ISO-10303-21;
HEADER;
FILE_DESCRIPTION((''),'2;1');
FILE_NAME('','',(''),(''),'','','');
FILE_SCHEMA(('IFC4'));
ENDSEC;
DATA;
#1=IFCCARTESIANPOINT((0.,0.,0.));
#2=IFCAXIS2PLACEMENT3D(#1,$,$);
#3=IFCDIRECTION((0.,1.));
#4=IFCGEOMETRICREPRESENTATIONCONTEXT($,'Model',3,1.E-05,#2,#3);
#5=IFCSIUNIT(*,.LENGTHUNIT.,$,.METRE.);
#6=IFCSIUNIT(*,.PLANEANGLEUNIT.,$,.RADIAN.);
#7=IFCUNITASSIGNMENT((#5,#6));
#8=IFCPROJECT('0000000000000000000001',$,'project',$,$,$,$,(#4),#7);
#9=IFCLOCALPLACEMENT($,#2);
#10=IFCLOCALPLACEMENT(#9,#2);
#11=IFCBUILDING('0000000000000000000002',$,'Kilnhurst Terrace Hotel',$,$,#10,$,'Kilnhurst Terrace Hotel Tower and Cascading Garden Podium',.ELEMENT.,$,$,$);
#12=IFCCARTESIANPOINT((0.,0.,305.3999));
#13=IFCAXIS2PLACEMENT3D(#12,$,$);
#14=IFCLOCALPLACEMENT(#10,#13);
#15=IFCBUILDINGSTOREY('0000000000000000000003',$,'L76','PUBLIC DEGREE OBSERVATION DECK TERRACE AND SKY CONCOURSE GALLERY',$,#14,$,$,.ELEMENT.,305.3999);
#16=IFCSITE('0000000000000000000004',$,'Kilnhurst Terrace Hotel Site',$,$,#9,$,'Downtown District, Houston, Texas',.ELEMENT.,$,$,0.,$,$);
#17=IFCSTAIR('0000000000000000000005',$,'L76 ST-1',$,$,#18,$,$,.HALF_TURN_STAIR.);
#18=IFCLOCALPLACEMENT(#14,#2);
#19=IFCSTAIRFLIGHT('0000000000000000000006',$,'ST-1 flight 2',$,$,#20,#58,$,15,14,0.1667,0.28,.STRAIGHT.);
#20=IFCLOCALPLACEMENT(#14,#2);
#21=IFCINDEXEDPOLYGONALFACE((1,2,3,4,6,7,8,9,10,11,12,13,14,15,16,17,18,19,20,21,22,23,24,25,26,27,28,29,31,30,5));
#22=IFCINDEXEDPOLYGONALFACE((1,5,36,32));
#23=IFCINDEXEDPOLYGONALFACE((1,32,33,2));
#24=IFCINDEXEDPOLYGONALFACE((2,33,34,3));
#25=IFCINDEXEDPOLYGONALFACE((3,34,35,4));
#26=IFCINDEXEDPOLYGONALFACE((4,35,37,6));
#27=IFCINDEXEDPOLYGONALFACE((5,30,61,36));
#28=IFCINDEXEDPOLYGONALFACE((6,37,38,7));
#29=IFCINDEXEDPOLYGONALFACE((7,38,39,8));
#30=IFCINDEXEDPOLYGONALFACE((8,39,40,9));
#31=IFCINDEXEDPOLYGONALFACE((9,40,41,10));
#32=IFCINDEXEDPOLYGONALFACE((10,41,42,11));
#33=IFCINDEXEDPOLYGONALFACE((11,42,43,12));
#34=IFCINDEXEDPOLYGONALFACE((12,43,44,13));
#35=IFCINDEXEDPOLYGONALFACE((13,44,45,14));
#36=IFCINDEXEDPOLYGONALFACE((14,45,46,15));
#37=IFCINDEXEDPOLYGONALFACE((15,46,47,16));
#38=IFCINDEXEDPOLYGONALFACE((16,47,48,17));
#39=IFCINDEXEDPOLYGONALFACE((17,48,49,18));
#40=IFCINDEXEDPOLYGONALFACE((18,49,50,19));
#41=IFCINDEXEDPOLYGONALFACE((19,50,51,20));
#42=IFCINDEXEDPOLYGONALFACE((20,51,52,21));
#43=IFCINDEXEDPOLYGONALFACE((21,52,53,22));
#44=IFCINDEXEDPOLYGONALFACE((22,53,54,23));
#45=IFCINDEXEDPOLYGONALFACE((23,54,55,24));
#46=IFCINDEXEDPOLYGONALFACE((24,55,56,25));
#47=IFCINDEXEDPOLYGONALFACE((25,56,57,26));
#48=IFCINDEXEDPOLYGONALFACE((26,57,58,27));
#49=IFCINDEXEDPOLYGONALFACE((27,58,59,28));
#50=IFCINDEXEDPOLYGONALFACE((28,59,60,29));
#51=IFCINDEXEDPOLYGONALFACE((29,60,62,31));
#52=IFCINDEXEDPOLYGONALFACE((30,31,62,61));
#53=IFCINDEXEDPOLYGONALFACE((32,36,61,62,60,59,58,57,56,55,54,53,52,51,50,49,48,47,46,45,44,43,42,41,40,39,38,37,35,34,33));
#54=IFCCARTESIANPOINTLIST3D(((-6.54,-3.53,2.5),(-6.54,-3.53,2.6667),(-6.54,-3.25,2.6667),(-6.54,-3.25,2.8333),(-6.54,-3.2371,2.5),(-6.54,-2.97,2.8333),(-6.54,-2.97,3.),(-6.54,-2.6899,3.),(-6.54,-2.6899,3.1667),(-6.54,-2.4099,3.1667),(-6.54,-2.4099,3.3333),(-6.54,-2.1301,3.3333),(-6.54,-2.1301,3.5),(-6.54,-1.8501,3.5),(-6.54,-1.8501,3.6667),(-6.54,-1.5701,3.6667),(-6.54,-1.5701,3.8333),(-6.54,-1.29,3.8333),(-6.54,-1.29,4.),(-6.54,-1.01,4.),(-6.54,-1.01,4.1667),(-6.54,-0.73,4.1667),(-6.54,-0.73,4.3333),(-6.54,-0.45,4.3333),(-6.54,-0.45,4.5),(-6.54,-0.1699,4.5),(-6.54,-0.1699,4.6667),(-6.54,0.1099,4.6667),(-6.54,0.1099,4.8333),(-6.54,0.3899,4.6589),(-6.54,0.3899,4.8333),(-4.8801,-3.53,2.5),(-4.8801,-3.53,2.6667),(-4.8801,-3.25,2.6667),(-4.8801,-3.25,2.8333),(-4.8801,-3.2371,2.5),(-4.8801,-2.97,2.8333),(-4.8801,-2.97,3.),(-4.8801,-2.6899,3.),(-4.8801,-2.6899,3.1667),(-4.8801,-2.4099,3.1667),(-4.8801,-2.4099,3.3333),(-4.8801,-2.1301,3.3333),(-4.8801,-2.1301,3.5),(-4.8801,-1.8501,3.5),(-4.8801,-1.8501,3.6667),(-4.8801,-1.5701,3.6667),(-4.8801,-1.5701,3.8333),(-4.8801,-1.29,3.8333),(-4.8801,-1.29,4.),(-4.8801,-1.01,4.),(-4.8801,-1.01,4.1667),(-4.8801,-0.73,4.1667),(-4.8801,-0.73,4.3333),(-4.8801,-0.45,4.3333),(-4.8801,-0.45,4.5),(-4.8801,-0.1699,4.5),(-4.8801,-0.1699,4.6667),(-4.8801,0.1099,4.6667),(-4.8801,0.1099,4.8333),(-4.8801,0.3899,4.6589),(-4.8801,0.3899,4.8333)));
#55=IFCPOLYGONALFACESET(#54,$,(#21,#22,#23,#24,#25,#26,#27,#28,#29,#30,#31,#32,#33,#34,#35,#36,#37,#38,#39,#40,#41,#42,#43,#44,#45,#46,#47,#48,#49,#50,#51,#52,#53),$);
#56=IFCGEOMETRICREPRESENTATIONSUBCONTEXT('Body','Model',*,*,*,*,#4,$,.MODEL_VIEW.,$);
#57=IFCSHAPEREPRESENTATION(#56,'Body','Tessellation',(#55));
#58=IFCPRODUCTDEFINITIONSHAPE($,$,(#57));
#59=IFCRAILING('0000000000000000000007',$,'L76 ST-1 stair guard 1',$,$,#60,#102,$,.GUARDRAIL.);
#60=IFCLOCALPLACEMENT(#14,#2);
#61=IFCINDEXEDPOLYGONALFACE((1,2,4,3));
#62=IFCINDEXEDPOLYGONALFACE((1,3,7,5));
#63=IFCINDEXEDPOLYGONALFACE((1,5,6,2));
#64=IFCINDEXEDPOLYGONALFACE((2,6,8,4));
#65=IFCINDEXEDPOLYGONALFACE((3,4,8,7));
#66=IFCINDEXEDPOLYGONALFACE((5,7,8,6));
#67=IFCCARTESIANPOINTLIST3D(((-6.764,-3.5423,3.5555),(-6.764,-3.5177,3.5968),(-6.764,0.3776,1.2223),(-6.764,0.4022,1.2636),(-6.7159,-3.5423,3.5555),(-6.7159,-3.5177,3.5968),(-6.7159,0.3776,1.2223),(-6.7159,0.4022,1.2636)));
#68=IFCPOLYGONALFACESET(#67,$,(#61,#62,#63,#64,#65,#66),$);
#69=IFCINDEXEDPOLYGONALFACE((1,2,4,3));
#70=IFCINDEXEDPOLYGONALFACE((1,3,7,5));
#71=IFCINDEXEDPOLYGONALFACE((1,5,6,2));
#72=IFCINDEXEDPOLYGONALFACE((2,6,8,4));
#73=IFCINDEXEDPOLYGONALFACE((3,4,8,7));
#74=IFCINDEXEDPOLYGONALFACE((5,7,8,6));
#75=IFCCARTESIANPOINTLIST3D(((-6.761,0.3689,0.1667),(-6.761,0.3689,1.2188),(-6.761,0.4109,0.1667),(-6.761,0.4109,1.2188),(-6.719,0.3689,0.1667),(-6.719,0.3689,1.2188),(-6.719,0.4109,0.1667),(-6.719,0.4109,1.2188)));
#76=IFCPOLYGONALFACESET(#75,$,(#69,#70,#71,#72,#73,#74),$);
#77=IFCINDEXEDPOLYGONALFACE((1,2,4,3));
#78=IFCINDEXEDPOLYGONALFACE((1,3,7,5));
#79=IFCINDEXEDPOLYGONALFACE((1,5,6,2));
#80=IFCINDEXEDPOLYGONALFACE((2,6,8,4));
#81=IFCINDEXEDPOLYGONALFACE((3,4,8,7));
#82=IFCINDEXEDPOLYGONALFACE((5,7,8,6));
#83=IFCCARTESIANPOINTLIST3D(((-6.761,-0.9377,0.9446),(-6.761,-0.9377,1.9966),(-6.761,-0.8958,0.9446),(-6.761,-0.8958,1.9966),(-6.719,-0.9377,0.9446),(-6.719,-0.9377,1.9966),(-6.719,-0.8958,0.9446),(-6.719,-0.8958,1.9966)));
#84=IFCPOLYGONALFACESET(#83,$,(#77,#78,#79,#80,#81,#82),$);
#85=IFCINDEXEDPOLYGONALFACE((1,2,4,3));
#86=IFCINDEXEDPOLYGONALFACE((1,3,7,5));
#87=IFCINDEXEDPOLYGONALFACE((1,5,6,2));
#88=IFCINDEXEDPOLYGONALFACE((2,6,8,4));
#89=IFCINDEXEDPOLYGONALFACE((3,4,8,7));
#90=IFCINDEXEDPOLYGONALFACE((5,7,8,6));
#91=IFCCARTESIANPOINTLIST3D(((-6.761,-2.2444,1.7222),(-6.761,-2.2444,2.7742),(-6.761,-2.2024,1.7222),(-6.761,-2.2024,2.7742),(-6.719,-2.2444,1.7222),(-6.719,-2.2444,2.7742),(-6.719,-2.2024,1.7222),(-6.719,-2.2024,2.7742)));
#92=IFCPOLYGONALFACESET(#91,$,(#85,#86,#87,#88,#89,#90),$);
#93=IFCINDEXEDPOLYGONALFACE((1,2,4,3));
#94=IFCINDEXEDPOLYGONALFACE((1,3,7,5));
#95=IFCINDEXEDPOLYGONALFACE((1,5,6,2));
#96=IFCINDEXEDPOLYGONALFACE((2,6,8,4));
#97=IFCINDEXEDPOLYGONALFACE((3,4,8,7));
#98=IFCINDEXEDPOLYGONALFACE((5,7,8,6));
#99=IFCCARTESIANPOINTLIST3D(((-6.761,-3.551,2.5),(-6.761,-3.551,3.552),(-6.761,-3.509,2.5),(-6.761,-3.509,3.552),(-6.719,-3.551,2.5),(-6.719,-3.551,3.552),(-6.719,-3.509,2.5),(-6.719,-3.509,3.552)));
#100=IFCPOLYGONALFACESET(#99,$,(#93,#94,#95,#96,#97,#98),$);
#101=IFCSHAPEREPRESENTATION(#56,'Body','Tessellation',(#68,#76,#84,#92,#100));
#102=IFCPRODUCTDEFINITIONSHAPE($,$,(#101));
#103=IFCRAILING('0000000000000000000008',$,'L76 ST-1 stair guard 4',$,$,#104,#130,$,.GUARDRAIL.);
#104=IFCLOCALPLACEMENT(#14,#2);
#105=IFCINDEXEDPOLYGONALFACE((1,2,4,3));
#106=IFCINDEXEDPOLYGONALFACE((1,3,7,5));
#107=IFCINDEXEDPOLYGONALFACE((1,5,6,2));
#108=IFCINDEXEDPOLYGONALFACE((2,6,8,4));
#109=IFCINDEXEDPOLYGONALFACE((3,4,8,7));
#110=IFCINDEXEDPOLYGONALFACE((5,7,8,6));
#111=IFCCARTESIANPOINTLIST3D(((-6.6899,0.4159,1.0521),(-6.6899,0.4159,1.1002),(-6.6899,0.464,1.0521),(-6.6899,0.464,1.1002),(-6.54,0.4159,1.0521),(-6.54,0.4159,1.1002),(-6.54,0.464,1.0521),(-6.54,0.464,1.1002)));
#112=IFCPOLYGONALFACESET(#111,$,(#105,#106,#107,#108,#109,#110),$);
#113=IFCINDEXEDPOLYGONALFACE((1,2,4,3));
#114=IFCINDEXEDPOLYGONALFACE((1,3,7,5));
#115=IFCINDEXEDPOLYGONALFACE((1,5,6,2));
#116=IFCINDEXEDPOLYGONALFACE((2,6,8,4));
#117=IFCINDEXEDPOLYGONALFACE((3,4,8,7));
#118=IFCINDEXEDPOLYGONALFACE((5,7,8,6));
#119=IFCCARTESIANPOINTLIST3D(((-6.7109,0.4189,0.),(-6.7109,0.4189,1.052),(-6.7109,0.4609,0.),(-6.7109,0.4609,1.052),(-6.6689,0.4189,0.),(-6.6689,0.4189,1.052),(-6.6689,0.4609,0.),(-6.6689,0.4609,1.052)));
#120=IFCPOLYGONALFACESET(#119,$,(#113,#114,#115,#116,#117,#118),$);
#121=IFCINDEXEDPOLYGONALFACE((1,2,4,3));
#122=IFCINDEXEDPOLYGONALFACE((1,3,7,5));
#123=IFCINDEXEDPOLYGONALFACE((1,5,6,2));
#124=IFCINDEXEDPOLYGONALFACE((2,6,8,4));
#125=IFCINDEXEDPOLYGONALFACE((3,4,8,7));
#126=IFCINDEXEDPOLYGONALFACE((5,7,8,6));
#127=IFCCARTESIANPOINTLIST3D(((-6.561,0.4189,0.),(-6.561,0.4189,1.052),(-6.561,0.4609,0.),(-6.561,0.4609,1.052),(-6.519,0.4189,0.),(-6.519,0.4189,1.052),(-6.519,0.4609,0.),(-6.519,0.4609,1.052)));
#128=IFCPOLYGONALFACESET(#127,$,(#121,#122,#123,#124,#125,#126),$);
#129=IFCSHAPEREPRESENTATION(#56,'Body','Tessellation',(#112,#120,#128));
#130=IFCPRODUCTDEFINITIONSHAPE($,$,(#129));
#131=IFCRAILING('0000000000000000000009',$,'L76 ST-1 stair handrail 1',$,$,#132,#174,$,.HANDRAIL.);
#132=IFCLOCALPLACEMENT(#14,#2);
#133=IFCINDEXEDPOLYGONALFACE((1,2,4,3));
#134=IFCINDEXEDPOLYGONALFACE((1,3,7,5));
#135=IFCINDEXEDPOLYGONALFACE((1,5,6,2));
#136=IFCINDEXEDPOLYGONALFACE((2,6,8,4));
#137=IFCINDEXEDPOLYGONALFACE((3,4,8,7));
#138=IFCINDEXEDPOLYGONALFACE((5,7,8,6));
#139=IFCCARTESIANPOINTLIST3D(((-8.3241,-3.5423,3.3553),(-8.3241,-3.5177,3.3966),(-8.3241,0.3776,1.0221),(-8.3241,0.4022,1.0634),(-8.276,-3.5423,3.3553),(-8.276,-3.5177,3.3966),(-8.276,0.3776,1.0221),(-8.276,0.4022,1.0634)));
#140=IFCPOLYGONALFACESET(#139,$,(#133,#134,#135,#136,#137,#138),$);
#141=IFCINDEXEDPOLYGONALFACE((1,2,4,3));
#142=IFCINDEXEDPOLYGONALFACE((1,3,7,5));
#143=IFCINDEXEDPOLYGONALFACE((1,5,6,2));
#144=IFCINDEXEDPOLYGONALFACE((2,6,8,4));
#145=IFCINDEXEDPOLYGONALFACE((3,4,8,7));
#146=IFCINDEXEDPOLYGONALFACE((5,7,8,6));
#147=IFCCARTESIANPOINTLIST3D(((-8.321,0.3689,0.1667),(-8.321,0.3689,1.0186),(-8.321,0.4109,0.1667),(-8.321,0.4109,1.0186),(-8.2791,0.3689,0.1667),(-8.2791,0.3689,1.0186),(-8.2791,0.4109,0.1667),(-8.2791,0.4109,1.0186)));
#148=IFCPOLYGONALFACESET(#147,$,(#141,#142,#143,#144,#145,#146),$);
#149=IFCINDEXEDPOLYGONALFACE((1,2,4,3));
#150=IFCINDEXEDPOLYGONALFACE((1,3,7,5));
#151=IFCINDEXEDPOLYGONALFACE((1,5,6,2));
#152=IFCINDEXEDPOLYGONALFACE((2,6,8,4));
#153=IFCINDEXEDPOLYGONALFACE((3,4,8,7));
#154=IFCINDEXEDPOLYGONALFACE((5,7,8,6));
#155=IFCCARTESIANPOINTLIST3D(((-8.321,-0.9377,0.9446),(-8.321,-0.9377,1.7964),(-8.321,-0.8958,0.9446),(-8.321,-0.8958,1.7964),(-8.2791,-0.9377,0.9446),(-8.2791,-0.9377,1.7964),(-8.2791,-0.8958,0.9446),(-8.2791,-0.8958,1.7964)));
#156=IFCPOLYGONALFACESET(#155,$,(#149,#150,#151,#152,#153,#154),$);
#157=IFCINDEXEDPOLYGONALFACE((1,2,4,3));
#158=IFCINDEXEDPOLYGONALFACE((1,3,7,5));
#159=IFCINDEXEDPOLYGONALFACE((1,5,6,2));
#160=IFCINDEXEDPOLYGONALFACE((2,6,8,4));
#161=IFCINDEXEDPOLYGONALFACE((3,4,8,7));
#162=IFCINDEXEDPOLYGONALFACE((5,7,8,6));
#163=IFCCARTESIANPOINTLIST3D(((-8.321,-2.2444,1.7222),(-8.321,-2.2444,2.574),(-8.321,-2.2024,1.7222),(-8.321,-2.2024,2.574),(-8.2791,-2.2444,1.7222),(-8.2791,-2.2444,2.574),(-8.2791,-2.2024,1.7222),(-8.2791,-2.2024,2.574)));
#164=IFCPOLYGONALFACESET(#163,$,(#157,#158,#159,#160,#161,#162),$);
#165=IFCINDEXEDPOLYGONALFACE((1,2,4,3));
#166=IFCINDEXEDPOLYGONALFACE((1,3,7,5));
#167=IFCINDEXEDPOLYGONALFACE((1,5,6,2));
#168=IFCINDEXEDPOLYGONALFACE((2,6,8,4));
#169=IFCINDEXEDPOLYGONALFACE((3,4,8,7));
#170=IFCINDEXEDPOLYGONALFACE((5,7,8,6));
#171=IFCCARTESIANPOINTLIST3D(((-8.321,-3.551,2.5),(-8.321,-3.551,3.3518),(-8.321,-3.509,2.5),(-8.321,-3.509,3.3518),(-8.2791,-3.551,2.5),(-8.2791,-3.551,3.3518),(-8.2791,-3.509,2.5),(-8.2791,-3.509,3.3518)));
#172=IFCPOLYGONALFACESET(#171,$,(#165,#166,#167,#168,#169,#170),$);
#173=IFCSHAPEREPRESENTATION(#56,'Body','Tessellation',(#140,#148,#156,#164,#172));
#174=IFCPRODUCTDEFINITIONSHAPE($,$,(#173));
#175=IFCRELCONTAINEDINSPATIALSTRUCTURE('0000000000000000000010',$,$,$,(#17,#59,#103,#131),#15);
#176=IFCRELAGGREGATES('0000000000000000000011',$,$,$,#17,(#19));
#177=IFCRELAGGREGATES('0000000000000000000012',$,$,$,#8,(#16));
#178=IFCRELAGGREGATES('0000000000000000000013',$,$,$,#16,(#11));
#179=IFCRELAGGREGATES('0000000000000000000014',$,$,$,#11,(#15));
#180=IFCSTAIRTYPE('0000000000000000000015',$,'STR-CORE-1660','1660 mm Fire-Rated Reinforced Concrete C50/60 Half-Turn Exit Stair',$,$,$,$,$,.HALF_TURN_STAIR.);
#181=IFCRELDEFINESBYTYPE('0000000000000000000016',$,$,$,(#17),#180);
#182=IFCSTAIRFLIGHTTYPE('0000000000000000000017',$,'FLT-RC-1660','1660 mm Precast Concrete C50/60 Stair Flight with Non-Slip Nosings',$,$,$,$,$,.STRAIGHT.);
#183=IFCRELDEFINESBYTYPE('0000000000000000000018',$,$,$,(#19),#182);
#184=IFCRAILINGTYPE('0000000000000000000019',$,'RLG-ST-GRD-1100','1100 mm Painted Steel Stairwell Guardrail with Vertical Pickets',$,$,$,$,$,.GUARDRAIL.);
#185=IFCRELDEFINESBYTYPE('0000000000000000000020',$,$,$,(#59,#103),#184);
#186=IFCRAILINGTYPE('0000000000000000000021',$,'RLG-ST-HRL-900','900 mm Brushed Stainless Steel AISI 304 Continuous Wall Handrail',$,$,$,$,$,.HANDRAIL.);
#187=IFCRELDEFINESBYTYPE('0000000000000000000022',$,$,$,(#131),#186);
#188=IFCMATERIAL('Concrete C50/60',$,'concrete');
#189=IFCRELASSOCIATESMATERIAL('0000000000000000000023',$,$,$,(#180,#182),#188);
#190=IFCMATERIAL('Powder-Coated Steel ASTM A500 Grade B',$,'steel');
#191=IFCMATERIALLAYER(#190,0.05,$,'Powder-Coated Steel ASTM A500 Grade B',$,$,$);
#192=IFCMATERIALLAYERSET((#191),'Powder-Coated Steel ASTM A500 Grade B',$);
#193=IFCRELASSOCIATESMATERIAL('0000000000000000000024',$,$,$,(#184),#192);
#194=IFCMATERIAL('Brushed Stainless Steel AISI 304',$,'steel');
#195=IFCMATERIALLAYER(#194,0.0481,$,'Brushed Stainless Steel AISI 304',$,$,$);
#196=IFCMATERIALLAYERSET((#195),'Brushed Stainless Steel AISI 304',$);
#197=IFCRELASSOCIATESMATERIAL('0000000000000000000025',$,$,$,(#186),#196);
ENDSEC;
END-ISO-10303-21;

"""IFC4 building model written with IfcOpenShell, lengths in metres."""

from ifc_helpers import new_model, si_unit, direction, frame, origin, origin_2d, place, context, subcontext, project, spatial, polyline, rectangle, outline, extrude, material, layer, layer_set, type_object, element, aggregate, save


model = new_model("IFC4")

# Units and contexts
model_context = context("Model", 3, precision=1e-05, world=origin(), true_north=direction((0.0, 1.0)))
body_context = subcontext(model_context, "Body", "Model", "MODEL_VIEW")
ifc_project = project(units=[si_unit("LENGTHUNIT", "METRE"), si_unit("PLANEANGLEUNIT", "RADIAN")], contexts=[model_context])

# Site, building, storey
site_placement = place(None, origin())
site = spatial("IfcSite", under=ifc_project, at=site_placement, Name="Kilnhurst Terrace Hotel Site", LongName="Downtown District, Houston, Texas", CompositionType="ELEMENT", RefElevation=0.0)
building_placement = place(site_placement, origin())
building = spatial("IfcBuilding", under=site, at=building_placement, Name="Kilnhurst Terrace Hotel", LongName="Kilnhurst Terrace Hotel Tower and Cascading Garden Podium", CompositionType="ELEMENT")
storey_placement = place(building_placement, frame((0.0, 0.0, 305.3999)))
storey = spatial("IfcBuildingStorey", under=building, at=storey_placement, Name="L76", Description="PUBLIC DEGREE OBSERVATION DECK TERRACE AND SKY CONCOURSE GALLERY", CompositionType="ELEMENT", Elevation=305.3999)

# Shared definitions
ifc_material_1 = material(Name="Concrete C50/60", Category="concrete")

# Stair, stair flight
stair_type = type_object("IfcStairType", Name="STR-CORE-1660", Description="1660 mm Fire-Rated Reinforced Concrete C50/60 Half-Turn Exit Stair", PredefinedType="HALF_TURN_STAIR", material=ifc_material_1)
stair_placement = place(storey_placement, origin())
stair = element("IfcStair", 1, at=stair_placement, inside=storey, type_object=stair_type, Name="L76 ST-1", PredefinedType="HALF_TURN_STAIR")
stair_flight_type = type_object("IfcStairFlightType", Name="FLT-RC-1660", Description="1660 mm Precast Concrete C50/60 Stair Flight with Non-Slip Nosings", PredefinedType="STRAIGHT", material=ifc_material_1)
stair_flight_1_placement = place(storey_placement, frame((-5.71, -3.53, 2.5), z_axis=(0.0, 0.0, 1.0), x_axis=(0.0, 1.0, 0.0)))
stair_flight_1 = element("IfcStairFlight", 2, at=stair_flight_1_placement, type_object=stair_flight_type, Name="ST-1 flight 2", NumberOfRisers=15, NumberOfTreads=14, PredefinedType="STRAIGHT", RiserHeight=0.1667, TreadLength=0.28, context=body_context, shape_type="SweptSolid", body=[
    extrude(outline(polyline([(0.0, 0.0), (0.0, 0.1667), (0.28, 0.1667), (0.28, 0.3333), (0.5601, 0.3333), (0.5601, 0.5), (0.8401, 0.5), (0.8401, 0.6667), (1.1201, 0.6667), (1.1201, 0.8333), (1.3999, 0.8333), (1.3999, 1.0), (1.6799, 1.0), (1.6799, 1.1667), (1.96, 1.1667), (1.96, 1.3333), (2.24, 1.3333), (2.24, 1.5), (2.52, 1.5), (2.52, 1.6667), (2.8, 1.6667), (2.8, 1.8333), (3.0801, 1.8333), (3.0801, 2.0), (3.3601, 2.0), (3.3601, 2.1667), (3.6399, 2.1667), (3.6399, 2.3333), (3.9199, 2.3333), (3.9199, 2.5), (3.9199, 2.1589), (0.293, 0.0), (0.0, 0.0)])), frame((0.0, 0.8301, 0.0), z_axis=(0.0, -1.0, 0.0), x_axis=(1.0, 0.0, 0.0)), (0.0, 0.0, 1.0), 1.6599),
])
aggregate(stair, [stair_flight_1])

# Railings
ifc_material_2 = material(Name="Powder-Coated Steel ASTM A500 Grade B", Category="steel")
ifc_layer_1 = layer(ifc_material_2, 0.05, Name="Powder-Coated Steel ASTM A500 Grade B")
ifc_layer_set_1 = layer_set([ifc_layer_1], Name="Powder-Coated Steel ASTM A500 Grade B")
railing_type_1 = type_object("IfcRailingType", Name="RLG-ST-GRD-1100", Description="1100 mm Painted Steel Stairwell Guardrail with Vertical Pickets", PredefinedType="GUARDRAIL", material=ifc_layer_set_1)
railing_1_placement = place(storey_placement, frame((-6.74, 0.3899, 0.1667)))
element("IfcRailing", 3, at=railing_1_placement, inside=storey, type_object=railing_type_1, Name="L76 ST-1 stair guard 1", PredefinedType="GUARDRAIL", context=body_context, shape_type="SweptSolid", body=[
    extrude(rectangle(XDim=0.0481, YDim=0.0481, at=origin_2d()), frame((0.0, 0.0, 1.0762), z_axis=(0.0, -0.859296, 0.511478), x_axis=(1.0, 0.0, 0.0)), (0.0, 0.0, 1.0), 4.5618),
    extrude(rectangle(XDim=0.042, YDim=0.042, at=origin_2d()), origin(), (0.0, 0.0, 1.0), 1.052),
    extrude(rectangle(XDim=0.042, YDim=0.042, at=origin_2d()), frame((0.0, -1.3066, 0.7778)), (0.0, 0.0, 1.0), 1.052),
    extrude(rectangle(XDim=0.042, YDim=0.042, at=origin_2d()), frame((0.0, -2.6133, 1.5554)), (0.0, 0.0, 1.0), 1.052),
    extrude(rectangle(XDim=0.042, YDim=0.042, at=origin_2d()), frame((0.0, -3.9199, 2.3333)), (0.0, 0.0, 1.0), 1.052),
])
railing_2_placement = place(storey_placement, frame((-6.6899, 0.4399, 0.0)))
element("IfcRailing", 4, at=railing_2_placement, inside=storey, type_object=railing_type_1, Name="L76 ST-1 stair guard 4", PredefinedType="GUARDRAIL", context=body_context, shape_type="SweptSolid", body=[
    extrude(rectangle(XDim=0.0481, YDim=0.0481, at=origin_2d()), frame((0.0, 0.0, 1.0762), z_axis=(1.0, 0.0, 0.0), x_axis=(0.0, 1.0, 0.0)), (0.0, 0.0, 1.0), 0.1499),
    extrude(rectangle(XDim=0.042, YDim=0.042, at=origin_2d()), origin(), (0.0, 0.0, 1.0), 1.052),
    extrude(rectangle(XDim=0.042, YDim=0.042, at=origin_2d()), frame((0.1499, 0.0, 0.0)), (0.0, 0.0, 1.0), 1.052),
])
ifc_material_3 = material(Name="Brushed Stainless Steel AISI 304", Category="steel")
ifc_layer_2 = layer(ifc_material_3, 0.0481, Name="Brushed Stainless Steel AISI 304")
ifc_layer_set_2 = layer_set([ifc_layer_2], Name="Brushed Stainless Steel AISI 304")
railing_type_2 = type_object("IfcRailingType", Name="RLG-ST-HRL-900", Description="900 mm Brushed Stainless Steel AISI 304 Continuous Wall Handrail", PredefinedType="HANDRAIL", material=ifc_layer_set_2)
railing_3_placement = place(storey_placement, frame((-8.3, 0.3899, 0.1667)))
element("IfcRailing", 5, at=railing_3_placement, inside=storey, type_object=railing_type_2, Name="L76 ST-1 stair handrail 1", PredefinedType="HANDRAIL", context=body_context, shape_type="SweptSolid", body=[
    extrude(rectangle(XDim=0.0481, YDim=0.0481, at=origin_2d()), frame((0.0, 0.0, 0.876), z_axis=(0.0, -0.859296, 0.511478), x_axis=(1.0, 0.0, 0.0)), (0.0, 0.0, 1.0), 4.5618),
    extrude(rectangle(XDim=0.042, YDim=0.042, at=origin_2d()), origin(), (0.0, 0.0, 1.0), 0.8518),
    extrude(rectangle(XDim=0.042, YDim=0.042, at=origin_2d()), frame((0.0, -1.3066, 0.7778)), (0.0, 0.0, 1.0), 0.8518),
    extrude(rectangle(XDim=0.042, YDim=0.042, at=origin_2d()), frame((0.0, -2.6133, 1.5554)), (0.0, 0.0, 1.0), 0.8518),
    extrude(rectangle(XDim=0.042, YDim=0.042, at=origin_2d()), frame((0.0, -3.9199, 2.3333)), (0.0, 0.0, 1.0), 0.8518),
])

save(model, "model.ifc")
